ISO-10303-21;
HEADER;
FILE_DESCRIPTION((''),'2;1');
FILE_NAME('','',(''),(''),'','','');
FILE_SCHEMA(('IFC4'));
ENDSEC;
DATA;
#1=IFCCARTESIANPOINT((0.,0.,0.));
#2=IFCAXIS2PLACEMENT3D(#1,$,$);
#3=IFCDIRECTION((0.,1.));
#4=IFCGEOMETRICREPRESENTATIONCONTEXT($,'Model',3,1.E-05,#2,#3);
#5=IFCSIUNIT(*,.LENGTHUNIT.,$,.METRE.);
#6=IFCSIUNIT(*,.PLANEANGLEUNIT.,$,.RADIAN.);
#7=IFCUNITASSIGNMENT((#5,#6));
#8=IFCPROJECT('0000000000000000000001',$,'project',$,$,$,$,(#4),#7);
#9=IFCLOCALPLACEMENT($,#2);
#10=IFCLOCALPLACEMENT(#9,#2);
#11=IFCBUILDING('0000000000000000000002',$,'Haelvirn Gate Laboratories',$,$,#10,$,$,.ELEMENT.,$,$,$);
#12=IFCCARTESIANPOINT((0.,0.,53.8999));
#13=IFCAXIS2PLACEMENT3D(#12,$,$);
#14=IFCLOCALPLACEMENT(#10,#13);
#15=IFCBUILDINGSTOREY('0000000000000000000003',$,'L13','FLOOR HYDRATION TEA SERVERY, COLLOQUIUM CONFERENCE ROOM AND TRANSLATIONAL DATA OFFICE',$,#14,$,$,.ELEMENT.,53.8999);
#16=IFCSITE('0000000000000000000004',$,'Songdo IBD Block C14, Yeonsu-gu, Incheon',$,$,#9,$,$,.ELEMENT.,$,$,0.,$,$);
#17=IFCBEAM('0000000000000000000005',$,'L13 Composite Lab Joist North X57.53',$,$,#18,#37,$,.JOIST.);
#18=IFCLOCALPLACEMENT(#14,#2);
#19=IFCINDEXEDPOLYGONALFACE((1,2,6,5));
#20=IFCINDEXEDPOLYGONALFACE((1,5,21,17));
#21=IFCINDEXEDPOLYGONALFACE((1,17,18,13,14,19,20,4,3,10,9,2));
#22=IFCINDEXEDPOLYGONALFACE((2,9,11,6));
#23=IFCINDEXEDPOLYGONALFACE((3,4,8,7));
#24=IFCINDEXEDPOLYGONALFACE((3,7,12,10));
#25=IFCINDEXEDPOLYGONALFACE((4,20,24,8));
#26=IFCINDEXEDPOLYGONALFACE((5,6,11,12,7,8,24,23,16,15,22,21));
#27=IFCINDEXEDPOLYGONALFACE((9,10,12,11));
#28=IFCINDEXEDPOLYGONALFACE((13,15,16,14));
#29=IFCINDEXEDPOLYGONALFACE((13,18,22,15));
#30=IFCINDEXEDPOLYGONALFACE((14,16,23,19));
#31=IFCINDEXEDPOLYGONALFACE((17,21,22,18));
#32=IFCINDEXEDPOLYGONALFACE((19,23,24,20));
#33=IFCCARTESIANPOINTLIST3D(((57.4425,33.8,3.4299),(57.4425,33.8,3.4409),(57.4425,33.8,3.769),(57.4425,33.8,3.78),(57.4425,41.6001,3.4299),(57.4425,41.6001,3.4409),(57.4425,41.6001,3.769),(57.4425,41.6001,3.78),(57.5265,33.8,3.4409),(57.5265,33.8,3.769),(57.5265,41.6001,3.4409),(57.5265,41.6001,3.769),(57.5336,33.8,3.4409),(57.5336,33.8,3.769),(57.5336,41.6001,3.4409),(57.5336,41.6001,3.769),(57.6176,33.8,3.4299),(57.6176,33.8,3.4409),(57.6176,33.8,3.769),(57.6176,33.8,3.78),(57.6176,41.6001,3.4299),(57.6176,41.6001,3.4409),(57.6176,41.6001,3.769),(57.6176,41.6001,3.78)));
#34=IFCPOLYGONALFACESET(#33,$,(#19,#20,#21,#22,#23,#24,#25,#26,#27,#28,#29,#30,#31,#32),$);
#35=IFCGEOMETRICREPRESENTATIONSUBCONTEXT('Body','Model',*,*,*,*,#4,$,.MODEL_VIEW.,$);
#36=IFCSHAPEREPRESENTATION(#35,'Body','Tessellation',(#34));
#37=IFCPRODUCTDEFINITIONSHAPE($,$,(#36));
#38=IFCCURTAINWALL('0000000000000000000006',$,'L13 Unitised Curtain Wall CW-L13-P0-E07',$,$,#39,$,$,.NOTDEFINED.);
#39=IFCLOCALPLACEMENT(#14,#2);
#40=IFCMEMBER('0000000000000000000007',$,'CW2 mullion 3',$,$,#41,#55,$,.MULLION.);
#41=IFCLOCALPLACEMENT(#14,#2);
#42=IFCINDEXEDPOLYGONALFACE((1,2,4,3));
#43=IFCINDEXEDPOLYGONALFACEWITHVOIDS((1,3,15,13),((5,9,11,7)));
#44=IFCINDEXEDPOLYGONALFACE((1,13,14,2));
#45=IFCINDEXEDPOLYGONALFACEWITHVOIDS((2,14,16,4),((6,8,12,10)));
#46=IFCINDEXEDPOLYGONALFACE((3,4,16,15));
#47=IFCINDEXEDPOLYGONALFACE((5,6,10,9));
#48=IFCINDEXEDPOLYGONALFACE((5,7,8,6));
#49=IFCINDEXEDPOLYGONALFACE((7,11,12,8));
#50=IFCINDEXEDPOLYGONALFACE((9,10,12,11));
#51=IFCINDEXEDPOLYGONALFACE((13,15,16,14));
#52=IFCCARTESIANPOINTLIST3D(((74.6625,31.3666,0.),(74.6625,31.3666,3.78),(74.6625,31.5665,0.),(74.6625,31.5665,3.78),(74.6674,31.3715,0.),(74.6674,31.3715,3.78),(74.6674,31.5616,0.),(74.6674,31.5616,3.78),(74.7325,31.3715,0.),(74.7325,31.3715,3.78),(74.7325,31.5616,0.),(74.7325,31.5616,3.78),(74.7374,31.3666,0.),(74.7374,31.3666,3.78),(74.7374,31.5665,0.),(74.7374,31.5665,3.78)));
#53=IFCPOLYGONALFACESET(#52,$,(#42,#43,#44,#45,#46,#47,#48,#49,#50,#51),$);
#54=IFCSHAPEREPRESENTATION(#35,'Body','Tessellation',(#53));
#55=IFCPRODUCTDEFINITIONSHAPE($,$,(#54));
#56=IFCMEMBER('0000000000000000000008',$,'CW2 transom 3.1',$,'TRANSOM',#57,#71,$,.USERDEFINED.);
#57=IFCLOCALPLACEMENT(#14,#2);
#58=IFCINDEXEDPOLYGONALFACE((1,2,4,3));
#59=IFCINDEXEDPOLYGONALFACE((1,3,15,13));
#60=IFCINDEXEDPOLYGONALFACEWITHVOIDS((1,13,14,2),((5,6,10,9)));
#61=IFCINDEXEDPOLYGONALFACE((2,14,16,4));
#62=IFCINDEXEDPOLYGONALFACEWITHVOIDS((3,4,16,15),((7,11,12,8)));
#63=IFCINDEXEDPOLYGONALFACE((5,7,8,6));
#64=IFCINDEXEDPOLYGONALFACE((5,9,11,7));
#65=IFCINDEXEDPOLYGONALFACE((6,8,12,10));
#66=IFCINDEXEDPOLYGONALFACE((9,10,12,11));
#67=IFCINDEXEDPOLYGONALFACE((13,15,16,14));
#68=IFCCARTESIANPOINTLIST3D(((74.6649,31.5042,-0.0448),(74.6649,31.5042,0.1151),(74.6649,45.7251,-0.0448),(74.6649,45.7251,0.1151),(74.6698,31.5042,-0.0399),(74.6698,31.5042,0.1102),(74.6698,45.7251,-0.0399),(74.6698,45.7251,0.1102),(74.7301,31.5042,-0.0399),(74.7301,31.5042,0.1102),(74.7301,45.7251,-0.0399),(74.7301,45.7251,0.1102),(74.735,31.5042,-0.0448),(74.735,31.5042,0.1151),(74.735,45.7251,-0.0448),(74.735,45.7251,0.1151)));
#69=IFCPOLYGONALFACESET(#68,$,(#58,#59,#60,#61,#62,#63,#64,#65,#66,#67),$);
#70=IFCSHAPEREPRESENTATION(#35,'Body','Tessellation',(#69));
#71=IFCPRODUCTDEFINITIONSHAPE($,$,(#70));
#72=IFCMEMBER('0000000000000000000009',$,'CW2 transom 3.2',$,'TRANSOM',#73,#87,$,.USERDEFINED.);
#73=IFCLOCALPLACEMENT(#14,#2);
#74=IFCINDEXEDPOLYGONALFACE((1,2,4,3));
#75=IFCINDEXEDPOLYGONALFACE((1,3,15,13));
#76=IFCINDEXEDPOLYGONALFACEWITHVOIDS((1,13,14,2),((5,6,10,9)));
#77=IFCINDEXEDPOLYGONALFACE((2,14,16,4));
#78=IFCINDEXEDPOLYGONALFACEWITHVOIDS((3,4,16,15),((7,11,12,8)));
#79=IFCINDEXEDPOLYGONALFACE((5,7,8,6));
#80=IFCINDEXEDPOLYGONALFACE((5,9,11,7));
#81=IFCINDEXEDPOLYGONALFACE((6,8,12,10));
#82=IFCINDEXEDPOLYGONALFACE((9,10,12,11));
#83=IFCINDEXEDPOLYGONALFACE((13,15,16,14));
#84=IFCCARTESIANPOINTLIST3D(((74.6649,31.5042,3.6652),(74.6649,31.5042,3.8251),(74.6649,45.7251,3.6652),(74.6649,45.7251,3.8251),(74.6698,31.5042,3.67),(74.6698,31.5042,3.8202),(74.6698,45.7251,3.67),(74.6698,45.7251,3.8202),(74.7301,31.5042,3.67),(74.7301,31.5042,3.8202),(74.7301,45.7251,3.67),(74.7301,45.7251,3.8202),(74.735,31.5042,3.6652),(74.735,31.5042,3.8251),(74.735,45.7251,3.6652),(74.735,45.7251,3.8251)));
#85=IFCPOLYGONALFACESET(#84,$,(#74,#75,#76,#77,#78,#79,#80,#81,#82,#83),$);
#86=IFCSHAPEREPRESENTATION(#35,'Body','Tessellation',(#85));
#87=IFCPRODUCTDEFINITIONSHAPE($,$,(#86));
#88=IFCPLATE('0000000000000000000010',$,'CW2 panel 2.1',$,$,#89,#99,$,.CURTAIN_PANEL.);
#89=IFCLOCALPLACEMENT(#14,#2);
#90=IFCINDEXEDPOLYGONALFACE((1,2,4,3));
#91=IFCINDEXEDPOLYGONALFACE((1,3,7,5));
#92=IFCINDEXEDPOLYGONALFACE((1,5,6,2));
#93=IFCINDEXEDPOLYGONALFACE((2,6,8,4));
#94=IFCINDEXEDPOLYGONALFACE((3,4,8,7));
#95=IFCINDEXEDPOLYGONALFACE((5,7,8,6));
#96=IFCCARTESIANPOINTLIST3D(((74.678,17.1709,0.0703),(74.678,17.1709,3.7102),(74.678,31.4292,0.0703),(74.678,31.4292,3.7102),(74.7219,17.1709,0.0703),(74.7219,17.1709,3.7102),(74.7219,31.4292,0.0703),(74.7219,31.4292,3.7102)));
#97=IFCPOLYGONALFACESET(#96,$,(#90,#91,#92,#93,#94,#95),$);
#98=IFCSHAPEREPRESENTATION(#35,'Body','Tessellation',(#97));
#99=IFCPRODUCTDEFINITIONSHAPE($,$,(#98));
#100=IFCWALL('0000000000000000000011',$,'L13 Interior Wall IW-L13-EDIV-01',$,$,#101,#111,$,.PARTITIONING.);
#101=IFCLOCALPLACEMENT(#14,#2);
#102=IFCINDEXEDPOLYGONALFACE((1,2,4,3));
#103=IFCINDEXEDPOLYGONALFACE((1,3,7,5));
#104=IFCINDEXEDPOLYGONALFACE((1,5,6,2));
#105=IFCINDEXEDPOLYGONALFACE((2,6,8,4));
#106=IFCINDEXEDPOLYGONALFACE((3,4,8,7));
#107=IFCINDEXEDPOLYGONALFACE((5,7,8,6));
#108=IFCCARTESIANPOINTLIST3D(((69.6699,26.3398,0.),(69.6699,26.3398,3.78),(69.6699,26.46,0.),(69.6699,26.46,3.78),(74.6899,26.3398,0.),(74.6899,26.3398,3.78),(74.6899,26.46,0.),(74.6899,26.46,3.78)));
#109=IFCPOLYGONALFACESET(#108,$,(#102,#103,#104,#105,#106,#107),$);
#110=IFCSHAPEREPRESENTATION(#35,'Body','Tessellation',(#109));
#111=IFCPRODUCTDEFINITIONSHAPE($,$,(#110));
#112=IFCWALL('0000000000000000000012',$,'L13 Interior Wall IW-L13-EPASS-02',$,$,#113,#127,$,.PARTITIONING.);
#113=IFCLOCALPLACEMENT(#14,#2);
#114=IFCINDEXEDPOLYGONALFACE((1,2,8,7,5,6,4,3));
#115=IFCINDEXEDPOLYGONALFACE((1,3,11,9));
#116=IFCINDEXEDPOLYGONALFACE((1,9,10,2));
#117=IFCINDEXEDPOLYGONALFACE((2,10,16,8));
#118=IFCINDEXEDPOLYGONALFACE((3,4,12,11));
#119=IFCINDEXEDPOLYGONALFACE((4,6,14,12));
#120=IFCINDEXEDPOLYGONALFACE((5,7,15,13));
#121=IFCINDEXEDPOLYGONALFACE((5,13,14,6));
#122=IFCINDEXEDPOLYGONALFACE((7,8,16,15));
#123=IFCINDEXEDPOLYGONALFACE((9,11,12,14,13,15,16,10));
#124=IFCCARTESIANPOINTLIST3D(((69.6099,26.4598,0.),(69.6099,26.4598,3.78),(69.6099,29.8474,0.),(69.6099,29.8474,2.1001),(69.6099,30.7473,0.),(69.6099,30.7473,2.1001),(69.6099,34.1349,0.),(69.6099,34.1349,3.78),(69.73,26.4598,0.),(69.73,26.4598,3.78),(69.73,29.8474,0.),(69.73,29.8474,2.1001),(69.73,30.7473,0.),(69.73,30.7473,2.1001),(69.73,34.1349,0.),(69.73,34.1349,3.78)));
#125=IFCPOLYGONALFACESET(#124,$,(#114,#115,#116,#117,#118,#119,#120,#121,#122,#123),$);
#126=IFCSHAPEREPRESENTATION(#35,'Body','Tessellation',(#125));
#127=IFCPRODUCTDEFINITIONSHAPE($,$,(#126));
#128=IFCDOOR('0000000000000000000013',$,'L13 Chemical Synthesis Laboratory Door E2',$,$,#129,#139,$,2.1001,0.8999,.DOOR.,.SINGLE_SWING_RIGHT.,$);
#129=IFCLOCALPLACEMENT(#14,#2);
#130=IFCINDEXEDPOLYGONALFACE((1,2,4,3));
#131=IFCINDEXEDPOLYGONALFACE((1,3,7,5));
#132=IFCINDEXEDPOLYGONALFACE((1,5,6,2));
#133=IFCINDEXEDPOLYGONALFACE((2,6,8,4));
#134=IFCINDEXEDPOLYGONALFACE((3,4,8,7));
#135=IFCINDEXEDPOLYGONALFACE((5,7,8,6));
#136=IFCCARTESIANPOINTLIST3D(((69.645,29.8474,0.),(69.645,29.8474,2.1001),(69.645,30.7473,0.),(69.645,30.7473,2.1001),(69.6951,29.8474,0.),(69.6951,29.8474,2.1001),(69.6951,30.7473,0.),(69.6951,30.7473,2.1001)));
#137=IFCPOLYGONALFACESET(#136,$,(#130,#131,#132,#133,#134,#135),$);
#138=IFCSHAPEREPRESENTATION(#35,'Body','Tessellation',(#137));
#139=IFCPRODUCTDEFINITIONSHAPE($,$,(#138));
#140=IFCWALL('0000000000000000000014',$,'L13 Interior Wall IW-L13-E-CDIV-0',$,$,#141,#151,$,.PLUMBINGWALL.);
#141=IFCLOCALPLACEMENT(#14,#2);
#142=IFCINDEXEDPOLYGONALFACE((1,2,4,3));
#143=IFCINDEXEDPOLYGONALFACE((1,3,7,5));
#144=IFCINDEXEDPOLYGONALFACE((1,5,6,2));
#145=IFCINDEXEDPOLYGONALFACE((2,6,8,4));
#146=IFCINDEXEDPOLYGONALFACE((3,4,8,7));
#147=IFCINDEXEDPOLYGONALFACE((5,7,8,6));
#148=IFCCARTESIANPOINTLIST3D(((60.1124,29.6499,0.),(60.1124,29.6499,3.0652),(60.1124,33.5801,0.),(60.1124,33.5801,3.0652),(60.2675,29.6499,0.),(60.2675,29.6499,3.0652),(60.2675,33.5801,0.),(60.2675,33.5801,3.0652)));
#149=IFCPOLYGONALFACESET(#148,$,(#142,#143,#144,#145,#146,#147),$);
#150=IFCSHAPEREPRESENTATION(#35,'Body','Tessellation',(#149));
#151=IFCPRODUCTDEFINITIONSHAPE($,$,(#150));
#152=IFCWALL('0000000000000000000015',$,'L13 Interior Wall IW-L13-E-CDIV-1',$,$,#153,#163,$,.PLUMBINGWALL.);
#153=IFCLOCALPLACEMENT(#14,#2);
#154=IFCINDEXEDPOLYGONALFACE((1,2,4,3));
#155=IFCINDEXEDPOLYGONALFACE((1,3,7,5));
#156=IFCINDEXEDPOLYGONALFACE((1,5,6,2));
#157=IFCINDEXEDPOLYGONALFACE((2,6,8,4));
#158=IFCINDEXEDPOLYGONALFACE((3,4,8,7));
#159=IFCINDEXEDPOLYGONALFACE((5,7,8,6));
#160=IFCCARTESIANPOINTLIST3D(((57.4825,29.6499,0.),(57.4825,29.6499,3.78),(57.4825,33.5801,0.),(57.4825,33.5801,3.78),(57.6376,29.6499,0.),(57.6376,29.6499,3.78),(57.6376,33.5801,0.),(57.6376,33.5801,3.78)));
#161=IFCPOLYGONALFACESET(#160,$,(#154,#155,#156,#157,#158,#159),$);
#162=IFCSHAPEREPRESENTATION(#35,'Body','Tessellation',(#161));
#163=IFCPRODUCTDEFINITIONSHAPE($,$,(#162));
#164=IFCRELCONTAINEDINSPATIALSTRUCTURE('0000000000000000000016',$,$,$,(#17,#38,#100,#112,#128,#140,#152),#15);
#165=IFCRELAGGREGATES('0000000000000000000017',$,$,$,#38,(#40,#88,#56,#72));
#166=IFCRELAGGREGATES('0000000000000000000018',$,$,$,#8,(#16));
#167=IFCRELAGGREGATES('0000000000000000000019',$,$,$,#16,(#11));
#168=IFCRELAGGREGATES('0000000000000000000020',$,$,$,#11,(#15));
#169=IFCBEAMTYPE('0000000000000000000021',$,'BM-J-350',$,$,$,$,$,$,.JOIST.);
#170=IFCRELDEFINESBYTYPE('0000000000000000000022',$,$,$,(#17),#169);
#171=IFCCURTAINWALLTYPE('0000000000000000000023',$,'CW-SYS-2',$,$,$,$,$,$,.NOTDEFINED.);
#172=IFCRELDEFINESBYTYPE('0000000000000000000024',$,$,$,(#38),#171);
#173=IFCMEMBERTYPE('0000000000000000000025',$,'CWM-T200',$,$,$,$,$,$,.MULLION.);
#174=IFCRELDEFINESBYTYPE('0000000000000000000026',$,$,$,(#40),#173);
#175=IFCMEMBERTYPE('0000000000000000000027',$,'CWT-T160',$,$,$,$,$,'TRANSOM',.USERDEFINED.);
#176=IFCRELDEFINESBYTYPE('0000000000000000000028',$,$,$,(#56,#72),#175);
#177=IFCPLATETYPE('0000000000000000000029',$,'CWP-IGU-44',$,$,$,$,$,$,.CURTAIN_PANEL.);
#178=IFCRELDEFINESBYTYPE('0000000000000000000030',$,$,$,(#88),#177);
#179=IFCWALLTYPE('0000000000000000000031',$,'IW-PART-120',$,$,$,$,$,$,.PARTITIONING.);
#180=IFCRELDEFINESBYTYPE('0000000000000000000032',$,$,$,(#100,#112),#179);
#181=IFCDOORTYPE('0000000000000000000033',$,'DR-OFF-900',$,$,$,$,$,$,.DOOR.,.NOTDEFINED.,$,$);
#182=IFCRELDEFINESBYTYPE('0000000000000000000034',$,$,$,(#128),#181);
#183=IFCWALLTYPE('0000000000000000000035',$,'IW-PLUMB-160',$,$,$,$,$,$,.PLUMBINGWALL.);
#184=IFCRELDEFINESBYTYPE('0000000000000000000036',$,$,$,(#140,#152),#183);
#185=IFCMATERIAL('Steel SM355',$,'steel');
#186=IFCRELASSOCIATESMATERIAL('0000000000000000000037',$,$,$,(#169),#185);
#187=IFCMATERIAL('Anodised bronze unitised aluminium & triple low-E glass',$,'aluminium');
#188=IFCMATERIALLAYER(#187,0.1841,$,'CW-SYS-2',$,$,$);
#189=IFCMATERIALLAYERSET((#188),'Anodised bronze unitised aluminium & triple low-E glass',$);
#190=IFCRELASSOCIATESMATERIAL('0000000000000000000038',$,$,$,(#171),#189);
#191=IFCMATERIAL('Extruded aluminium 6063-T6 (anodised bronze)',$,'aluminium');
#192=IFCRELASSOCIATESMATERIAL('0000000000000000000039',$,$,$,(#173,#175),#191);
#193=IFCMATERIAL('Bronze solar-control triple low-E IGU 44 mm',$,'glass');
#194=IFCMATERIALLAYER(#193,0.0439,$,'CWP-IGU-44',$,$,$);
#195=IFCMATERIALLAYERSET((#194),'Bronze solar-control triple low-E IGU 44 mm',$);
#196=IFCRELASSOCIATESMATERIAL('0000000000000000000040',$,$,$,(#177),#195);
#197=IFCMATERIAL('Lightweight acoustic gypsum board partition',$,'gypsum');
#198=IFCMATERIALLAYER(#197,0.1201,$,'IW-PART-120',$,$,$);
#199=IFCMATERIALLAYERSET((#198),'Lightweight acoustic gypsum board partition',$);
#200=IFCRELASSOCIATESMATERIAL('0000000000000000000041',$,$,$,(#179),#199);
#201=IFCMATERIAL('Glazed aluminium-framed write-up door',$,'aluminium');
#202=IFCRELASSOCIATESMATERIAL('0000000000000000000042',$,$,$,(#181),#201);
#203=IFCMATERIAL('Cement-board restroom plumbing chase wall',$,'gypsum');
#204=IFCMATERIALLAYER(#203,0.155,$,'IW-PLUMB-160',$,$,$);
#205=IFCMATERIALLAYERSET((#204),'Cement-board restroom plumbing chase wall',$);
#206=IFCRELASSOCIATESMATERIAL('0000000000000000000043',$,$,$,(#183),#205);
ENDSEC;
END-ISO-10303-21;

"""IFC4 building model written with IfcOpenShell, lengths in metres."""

from ifc_helpers import new_model, si_unit, direction, frame, frame_2d, origin, origin_2d, place, context, subcontext, project, spatial, rectangle, hollow_rectangle, i_section, extrude, source, transform, mapped, material, layer, layer_set, material_profile, profile_set, type_object, type_shapes, element, fill, aggregate, save


model = new_model("IFC4")

# Units and contexts
model_context = context("Model", 3, precision=1e-05, world=origin(), true_north=direction((0.0, 1.0)))
body_context = subcontext(model_context, "Body", "Model", "MODEL_VIEW")
ifc_project = project(units=[si_unit("LENGTHUNIT", "METRE"), si_unit("PLANEANGLEUNIT", "RADIAN")], contexts=[model_context])

# Site, building, storey
site_placement = place(None, origin())
site = spatial("IfcSite", under=ifc_project, at=site_placement, Name="Songdo IBD Block C14, Yeonsu-gu, Incheon", CompositionType="ELEMENT", RefElevation=0.0)
building_placement = place(site_placement, origin())
building = spatial("IfcBuilding", under=site, at=building_placement, Name="Haelvirn Gate Laboratories", CompositionType="ELEMENT")
storey_placement = place(building_placement, frame((0.0, 0.0, 53.8999)))
storey = spatial("IfcBuildingStorey", under=building, at=storey_placement, Name="L13", Description="FLOOR HYDRATION TEA SERVERY, COLLOQUIUM CONFERENCE ROOM AND TRANSLATIONAL DATA OFFICE", CompositionType="ELEMENT", Elevation=53.8999)

# Beam
ifc_material_1 = material(Name="Steel SM355", Category="steel")
ifc_material_profile_1 = material_profile(ifc_material_1, i_section(OverallWidth=0.175, OverallDepth=0.3501, WebThickness=0.0071, FlangeThickness=0.011, at=origin_2d()), Name="H-350x175x7x11")
ifc_profile_set_1 = profile_set([ifc_material_profile_1], Name="Steel SM355")
beam_type = type_object("IfcBeamType", Name="BM-J-350", PredefinedType="JOIST", material=ifc_profile_set_1)
shared_shape_1 = source(origin(), body_context, "Body", "SweptSolid", [
    extrude(i_section(OverallWidth=0.175, OverallDepth=0.3501, WebThickness=0.0071, FlangeThickness=0.011, at=origin_2d()), origin(), (0.0, 0.0, 1.0), 7.8),
])
type_shapes(beam_type, [shared_shape_1])
beam_placement = place(storey_placement, frame((57.53, 33.8, 3.605), z_axis=(0.0, 1.0, 0.0), x_axis=(-1.0, 0.0, 0.0)))
element("IfcBeam", 1, at=beam_placement, inside=storey, type_object=beam_type, Name="L13 Composite Lab Joist North X57.53", PredefinedType="JOIST", context=body_context, shape_type="MappedRepresentation", body=[
    mapped(shared_shape_1, transform((0.0, 0.0, 0.0), scale=1.0)),
])

# Curtain wall, members, plate
ifc_material_2 = material(Name="Anodised bronze unitised aluminium & triple low-E glass", Category="aluminium")
ifc_layer_1 = layer(ifc_material_2, 0.1841, Name="CW-SYS-2")
ifc_layer_set_1 = layer_set([ifc_layer_1], Name="Anodised bronze unitised aluminium & triple low-E glass")
curtain_wall_type = type_object("IfcCurtainWallType", Name="CW-SYS-2", PredefinedType="NOTDEFINED", material=ifc_layer_set_1)
curtain_wall_placement = place(storey_placement, origin())
curtain_wall = element("IfcCurtainWall", 2, at=curtain_wall_placement, inside=storey, type_object=curtain_wall_type, Name="L13 Unitised Curtain Wall CW-L13-P0-E07", PredefinedType="NOTDEFINED")
ifc_material_3 = material(Name="Extruded aluminium 6063-T6 (anodised bronze)", Category="aluminium")
ifc_material_profile_2 = material_profile(ifc_material_3, hollow_rectangle(XDim=0.075, YDim=0.2, WallThickness=0.0049, at=origin_2d()), Name="CWM-200x75x5")
ifc_profile_set_2 = profile_set([ifc_material_profile_2], Name="Extruded aluminium 6063-T6 (anodised bronze)")
member_type_1 = type_object("IfcMemberType", Name="CWM-T200", PredefinedType="MULLION", material=ifc_profile_set_2)
shared_shape_2 = source(origin(), body_context, "Body", "SweptSolid", [
    extrude(hollow_rectangle(XDim=0.075, YDim=0.2, WallThickness=0.0049, at=origin_2d()), origin(), (0.0, 0.0, 1.0), 3.78),
])
type_shapes(member_type_1, [shared_shape_2])
member_1_placement = place(storey_placement, frame((74.7, 31.4666, 0.0), z_axis=(0.0, 0.0, 1.0), x_axis=(-1.0, 0.0, 0.0)))
member_1 = element("IfcMember", 3, at=member_1_placement, type_object=member_type_1, Name="CW2 mullion 3", PredefinedType="MULLION", context=body_context, shape_type="MappedRepresentation", body=[
    mapped(shared_shape_2, transform((0.0, 0.0, 0.0), scale=1.0)),
])
ifc_material_profile_3 = material_profile(ifc_material_3, hollow_rectangle(XDim=0.0701, YDim=0.1599, WallThickness=0.0049, at=origin_2d()), Name="CWT-160x70x5")
ifc_profile_set_3 = profile_set([ifc_material_profile_3], Name="Extruded aluminium 6063-T6 (anodised bronze)")
member_type_2 = type_object("IfcMemberType", Name="CWT-T160", ElementType="TRANSOM", PredefinedType="USERDEFINED", material=ifc_profile_set_3)
shared_shape_3 = source(origin(), body_context, "Body", "SweptSolid", [
    extrude(hollow_rectangle(XDim=0.0701, YDim=0.1599, WallThickness=0.0049, at=origin_2d()), origin(), (0.0, 0.0, 1.0), 14.2209),
])
type_shapes(member_type_2, [shared_shape_3])
member_2_placement = place(storey_placement, frame((74.7, 31.5042, 0.0352), z_axis=(0.0, 1.0, 0.0), x_axis=(-1.0, 0.0, 0.0)))
member_2 = element("IfcMember", 4, at=member_2_placement, type_object=member_type_2, Name="CW2 transom 3.1", ObjectType="TRANSOM", PredefinedType="USERDEFINED", context=body_context, shape_type="MappedRepresentation", body=[
    mapped(shared_shape_3, transform((0.0, 0.0, 0.0), scale=1.0)),
])
member_3_placement = place(storey_placement, frame((74.7, 31.5042, 3.7451), z_axis=(0.0, 1.0, 0.0), x_axis=(-1.0, 0.0, 0.0)))
member_3 = element("IfcMember", 5, at=member_3_placement, type_object=member_type_2, Name="CW2 transom 3.2", ObjectType="TRANSOM", PredefinedType="USERDEFINED", context=body_context, shape_type="MappedRepresentation", body=[
    mapped(shared_shape_3, transform((0.0, 0.0, 0.0), scale=1.0)),
])
ifc_material_4 = material(Name="Bronze solar-control triple low-E IGU 44 mm", Category="glass")
ifc_layer_2 = layer(ifc_material_4, 0.0439, Name="CWP-IGU-44")
ifc_layer_set_2 = layer_set([ifc_layer_2], Name="Bronze solar-control triple low-E IGU 44 mm")
plate_type = type_object("IfcPlateType", Name="CWP-IGU-44", PredefinedType="CURTAIN_PANEL", material=ifc_layer_set_2)
shared_shape_4 = source(origin(), body_context, "Body", "SweptSolid", [
    extrude(rectangle(XDim=14.2583, YDim=0.0439, at=origin_2d()), origin(), (0.0, 0.0, 1.0), 3.6399),
])
type_shapes(plate_type, [shared_shape_4])
plate_placement = place(storey_placement, frame((74.7, 24.3, 0.0703), z_axis=(0.0, 0.0, 1.0), x_axis=(0.0, 1.0, 0.0)))
plate = element("IfcPlate", 6, at=plate_placement, type_object=plate_type, Name="CW2 panel 2.1", PredefinedType="CURTAIN_PANEL", context=body_context, shape_type="MappedRepresentation", body=[
    mapped(shared_shape_4, transform((0.0, 0.0, 0.0), scale=1.0)),
])
aggregate(curtain_wall, [member_1, plate, member_2, member_3])

# Wall
ifc_material_5 = material(Name="Lightweight acoustic gypsum board partition", Category="gypsum")
ifc_layer_3 = layer(ifc_material_5, 0.1201, Name="IW-PART-120")
ifc_layer_set_3 = layer_set([ifc_layer_3], Name="Lightweight acoustic gypsum board partition")
wall_type_1 = type_object("IfcWallType", Name="IW-PART-120", PredefinedType="PARTITIONING", material=ifc_layer_set_3)
wall_1_placement = place(storey_placement, frame((69.6699, 26.3999, 0.0), z_axis=(0.0, 0.0, 1.0), x_axis=(1.0, 0.0, 0.0)))
element("IfcWall", 7, at=wall_1_placement, inside=storey, type_object=wall_type_1, Name="L13 Interior Wall IW-L13-EDIV-01", PredefinedType="PARTITIONING", context=body_context, shape_type="SweptSolid", body=[
    extrude(rectangle(XDim=5.02, YDim=0.1201, at=frame_2d((2.51, 0.0))), origin(), (0.0, 0.0, 1.0), 3.78),
])

# Wall, opening, door
wall_2_placement = place(storey_placement, frame((69.6699, 26.46, 0.0), z_axis=(0.0, 0.0, 1.0), x_axis=(0.0, 1.0, 0.0)))
wall_2 = element("IfcWall", 8, at=wall_2_placement, inside=storey, type_object=wall_type_1, Name="L13 Interior Wall IW-L13-EPASS-02", PredefinedType="PARTITIONING", context=body_context, shape_type="SweptSolid", body=[
    extrude(rectangle(XDim=7.675, YDim=0.1201, at=frame_2d((3.8374, 0.0))), origin(), (0.0, 0.0, 1.0), 3.78),
])
opening_1_placement = place(wall_2_placement, frame((3.3875, 0.0, 0.0)))
opening_1 = element("IfcOpeningElement", 9, at=opening_1_placement, cuts=wall_2, PredefinedType="OPENING", context=body_context, shape_type="SweptSolid", body=[
    extrude(rectangle(XDim=0.8999, YDim=2.1001, at=frame_2d((0.45, 1.05))), frame((0.0, 0.0701, 0.0), z_axis=(0.0, -1.0, 0.0), x_axis=(1.0, 0.0, 0.0)), (0.0, 0.0, 1.0), 0.1401),
])
ifc_material_6 = material(Name="Glazed aluminium-framed write-up door", Category="aluminium")
door_type_1 = type_object("IfcDoorType", Name="DR-OFF-900", OperationType="NOTDEFINED", PredefinedType="DOOR", material=ifc_material_6)
shared_shape_5 = source(origin(), body_context, "Body", "SweptSolid", [
    extrude(rectangle(XDim=0.8999, YDim=2.1001, at=frame_2d((0.45, 1.05))), frame((0.0, 0.0249, 0.0), z_axis=(0.0, -1.0, 0.0), x_axis=(1.0, 0.0, 0.0)), (0.0, 0.0, 1.0), 0.05),
])
type_shapes(door_type_1, [shared_shape_5])
door_1_placement = place(opening_1_placement, origin())
door_1 = element("IfcDoor", 10, at=door_1_placement, inside=storey, type_object=door_type_1, Name="L13 Chemical Synthesis Laboratory Door E2", OperationType="SINGLE_SWING_RIGHT", OverallHeight=2.1001, OverallWidth=0.8999, PredefinedType="DOOR", context=body_context, shape_type="MappedRepresentation", body=[
    mapped(shared_shape_5, transform((0.0, 0.0, 0.0), scale=1.0)),
])
fill(opening_1, door_1)

# Walls
ifc_material_7 = material(Name="Cement-board restroom plumbing chase wall", Category="gypsum")
ifc_layer_4 = layer(ifc_material_7, 0.155, Name="IW-PLUMB-160")
ifc_layer_set_4 = layer_set([ifc_layer_4], Name="Cement-board restroom plumbing chase wall")
wall_type_2 = type_object("IfcWallType", Name="IW-PLUMB-160", PredefinedType="PLUMBINGWALL", material=ifc_layer_set_4)
wall_3_placement = place(storey_placement, frame((60.1899, 29.6499, 0.0), z_axis=(0.0, 0.0, 1.0), x_axis=(0.0, 1.0, 0.0)))
element("IfcWall", 11, at=wall_3_placement, inside=storey, type_object=wall_type_2, Name="L13 Interior Wall IW-L13-E-CDIV-0", PredefinedType="PLUMBINGWALL", context=body_context, shape_type="SweptSolid", body=[
    extrude(rectangle(XDim=3.9302, YDim=0.155, at=frame_2d((1.9651, 0.0))), origin(), (0.0, 0.0, 1.0), 3.0652),
])
wall_4_placement = place(storey_placement, frame((57.5601, 29.6499, 0.0), z_axis=(0.0, 0.0, 1.0), x_axis=(0.0, 1.0, 0.0)))
element("IfcWall", 12, at=wall_4_placement, inside=storey, type_object=wall_type_2, Name="L13 Interior Wall IW-L13-E-CDIV-1", PredefinedType="PLUMBINGWALL", context=body_context, shape_type="SweptSolid", body=[
    extrude(rectangle(XDim=3.9302, YDim=0.155, at=frame_2d((1.9651, 0.0))), origin(), (0.0, 0.0, 1.0), 3.78),
])

save(model, "model.ifc")
